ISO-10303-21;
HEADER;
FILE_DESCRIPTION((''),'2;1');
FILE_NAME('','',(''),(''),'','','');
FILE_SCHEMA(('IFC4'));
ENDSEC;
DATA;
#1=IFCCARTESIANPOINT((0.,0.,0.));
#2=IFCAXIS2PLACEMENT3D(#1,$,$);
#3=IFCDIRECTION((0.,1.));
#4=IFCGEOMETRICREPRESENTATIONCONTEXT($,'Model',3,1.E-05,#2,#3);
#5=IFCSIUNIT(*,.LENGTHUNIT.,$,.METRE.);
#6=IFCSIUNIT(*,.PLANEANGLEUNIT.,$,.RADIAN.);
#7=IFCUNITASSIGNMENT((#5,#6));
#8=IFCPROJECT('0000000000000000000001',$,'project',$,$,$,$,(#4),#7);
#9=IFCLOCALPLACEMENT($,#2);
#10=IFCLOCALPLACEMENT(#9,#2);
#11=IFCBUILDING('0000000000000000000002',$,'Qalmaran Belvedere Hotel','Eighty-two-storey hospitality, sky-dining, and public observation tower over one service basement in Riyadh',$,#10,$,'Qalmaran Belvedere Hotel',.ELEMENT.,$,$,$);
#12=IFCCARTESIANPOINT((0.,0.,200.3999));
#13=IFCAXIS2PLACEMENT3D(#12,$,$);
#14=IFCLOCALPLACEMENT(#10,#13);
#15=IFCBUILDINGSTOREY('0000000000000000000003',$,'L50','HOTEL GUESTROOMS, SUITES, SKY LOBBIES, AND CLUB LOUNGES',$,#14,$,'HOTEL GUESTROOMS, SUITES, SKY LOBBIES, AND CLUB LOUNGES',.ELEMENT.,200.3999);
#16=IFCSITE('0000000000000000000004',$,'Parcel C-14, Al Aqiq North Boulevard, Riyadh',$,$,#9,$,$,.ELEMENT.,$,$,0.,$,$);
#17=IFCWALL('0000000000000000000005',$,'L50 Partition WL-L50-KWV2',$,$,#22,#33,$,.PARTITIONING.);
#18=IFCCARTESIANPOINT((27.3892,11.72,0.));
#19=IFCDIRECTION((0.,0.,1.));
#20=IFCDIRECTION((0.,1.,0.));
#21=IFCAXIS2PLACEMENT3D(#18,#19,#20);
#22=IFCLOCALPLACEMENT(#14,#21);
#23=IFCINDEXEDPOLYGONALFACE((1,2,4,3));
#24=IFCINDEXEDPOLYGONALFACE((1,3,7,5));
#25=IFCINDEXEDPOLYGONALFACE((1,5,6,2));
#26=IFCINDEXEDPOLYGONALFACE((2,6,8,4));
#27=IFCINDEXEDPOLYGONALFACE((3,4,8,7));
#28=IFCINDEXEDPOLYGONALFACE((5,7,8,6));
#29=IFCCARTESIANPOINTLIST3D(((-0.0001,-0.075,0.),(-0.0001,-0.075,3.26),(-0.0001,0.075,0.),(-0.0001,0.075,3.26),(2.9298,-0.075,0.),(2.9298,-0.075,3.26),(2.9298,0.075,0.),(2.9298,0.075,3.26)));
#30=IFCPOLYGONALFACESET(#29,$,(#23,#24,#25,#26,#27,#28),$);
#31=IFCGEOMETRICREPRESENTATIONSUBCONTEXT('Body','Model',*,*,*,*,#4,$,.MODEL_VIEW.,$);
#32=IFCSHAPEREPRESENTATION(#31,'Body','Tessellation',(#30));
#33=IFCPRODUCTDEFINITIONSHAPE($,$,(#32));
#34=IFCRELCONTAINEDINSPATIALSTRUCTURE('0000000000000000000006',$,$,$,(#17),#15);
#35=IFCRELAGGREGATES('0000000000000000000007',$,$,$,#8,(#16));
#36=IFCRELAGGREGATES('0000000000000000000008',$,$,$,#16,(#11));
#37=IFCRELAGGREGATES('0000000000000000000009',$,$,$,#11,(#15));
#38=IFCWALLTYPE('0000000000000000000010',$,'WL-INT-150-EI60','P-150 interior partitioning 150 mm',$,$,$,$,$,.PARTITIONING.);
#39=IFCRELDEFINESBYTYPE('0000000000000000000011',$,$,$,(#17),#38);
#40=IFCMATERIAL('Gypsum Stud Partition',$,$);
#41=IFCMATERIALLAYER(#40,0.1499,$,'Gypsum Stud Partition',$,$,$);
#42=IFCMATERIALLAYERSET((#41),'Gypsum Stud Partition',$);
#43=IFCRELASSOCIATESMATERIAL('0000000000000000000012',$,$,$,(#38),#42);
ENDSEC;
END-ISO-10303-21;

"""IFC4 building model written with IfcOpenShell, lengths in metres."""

from ifc_helpers import new_model, si_unit, direction, frame, frame_2d, origin, place, context, subcontext, project, spatial, rectangle, extrude, material, layer, layer_set, type_object, element, save


model = new_model("IFC4")

# Units and contexts
model_context = context("Model", 3, precision=1e-05, world=origin(), true_north=direction((0.0, 1.0)))
body_context = subcontext(model_context, "Body", "Model", "MODEL_VIEW")
ifc_project = project(units=[si_unit("LENGTHUNIT", "METRE"), si_unit("PLANEANGLEUNIT", "RADIAN")], contexts=[model_context])

# Site, building, storey
site_placement = place(None, origin())
site = spatial("IfcSite", under=ifc_project, at=site_placement, Name="Parcel C-14, Al Aqiq North Boulevard, Riyadh", CompositionType="ELEMENT", RefElevation=0.0)
building_placement = place(site_placement, origin())
building = spatial("IfcBuilding", under=site, at=building_placement, Name="Qalmaran Belvedere Hotel", Description="Eighty-two-storey hospitality, sky-dining, and public observation tower over one service basement in Riyadh", LongName="Qalmaran Belvedere Hotel", CompositionType="ELEMENT")
storey_placement = place(building_placement, frame((0.0, 0.0, 200.3999)))
storey = spatial("IfcBuildingStorey", under=building, at=storey_placement, Name="L50", Description="HOTEL GUESTROOMS, SUITES, SKY LOBBIES, AND CLUB LOUNGES", LongName="HOTEL GUESTROOMS, SUITES, SKY LOBBIES, AND CLUB LOUNGES", CompositionType="ELEMENT", Elevation=200.3999)

# Wall
ifc_material_1 = material(Name="Gypsum Stud Partition")
ifc_layer_1 = layer(ifc_material_1, 0.1499, Name="Gypsum Stud Partition")
ifc_layer_set_1 = layer_set([ifc_layer_1], Name="Gypsum Stud Partition")
wall_type_1 = type_object("IfcWallType", Name="WL-INT-150-EI60", Description="P-150 interior partitioning 150 mm", PredefinedType="PARTITIONING", material=ifc_layer_set_1)
wall_1_placement = place(storey_placement, frame((27.3892, 11.72, 0.0), z_axis=(0.0, 0.0, 1.0), x_axis=(0.0, 1.0, 0.0)))
element("IfcWall", 1, at=wall_1_placement, inside=storey, type_object=wall_type_1, Name="L50 Partition WL-L50-KWV2", PredefinedType="PARTITIONING", context=body_context, shape_type="SweptSolid", body=[
    extrude(rectangle(XDim=2.9299, YDim=0.1499, at=frame_2d((1.4648, 0.0))), origin(), (0.0, 0.0, 1.0), 3.26),
])

save(model, "model.ifc")
